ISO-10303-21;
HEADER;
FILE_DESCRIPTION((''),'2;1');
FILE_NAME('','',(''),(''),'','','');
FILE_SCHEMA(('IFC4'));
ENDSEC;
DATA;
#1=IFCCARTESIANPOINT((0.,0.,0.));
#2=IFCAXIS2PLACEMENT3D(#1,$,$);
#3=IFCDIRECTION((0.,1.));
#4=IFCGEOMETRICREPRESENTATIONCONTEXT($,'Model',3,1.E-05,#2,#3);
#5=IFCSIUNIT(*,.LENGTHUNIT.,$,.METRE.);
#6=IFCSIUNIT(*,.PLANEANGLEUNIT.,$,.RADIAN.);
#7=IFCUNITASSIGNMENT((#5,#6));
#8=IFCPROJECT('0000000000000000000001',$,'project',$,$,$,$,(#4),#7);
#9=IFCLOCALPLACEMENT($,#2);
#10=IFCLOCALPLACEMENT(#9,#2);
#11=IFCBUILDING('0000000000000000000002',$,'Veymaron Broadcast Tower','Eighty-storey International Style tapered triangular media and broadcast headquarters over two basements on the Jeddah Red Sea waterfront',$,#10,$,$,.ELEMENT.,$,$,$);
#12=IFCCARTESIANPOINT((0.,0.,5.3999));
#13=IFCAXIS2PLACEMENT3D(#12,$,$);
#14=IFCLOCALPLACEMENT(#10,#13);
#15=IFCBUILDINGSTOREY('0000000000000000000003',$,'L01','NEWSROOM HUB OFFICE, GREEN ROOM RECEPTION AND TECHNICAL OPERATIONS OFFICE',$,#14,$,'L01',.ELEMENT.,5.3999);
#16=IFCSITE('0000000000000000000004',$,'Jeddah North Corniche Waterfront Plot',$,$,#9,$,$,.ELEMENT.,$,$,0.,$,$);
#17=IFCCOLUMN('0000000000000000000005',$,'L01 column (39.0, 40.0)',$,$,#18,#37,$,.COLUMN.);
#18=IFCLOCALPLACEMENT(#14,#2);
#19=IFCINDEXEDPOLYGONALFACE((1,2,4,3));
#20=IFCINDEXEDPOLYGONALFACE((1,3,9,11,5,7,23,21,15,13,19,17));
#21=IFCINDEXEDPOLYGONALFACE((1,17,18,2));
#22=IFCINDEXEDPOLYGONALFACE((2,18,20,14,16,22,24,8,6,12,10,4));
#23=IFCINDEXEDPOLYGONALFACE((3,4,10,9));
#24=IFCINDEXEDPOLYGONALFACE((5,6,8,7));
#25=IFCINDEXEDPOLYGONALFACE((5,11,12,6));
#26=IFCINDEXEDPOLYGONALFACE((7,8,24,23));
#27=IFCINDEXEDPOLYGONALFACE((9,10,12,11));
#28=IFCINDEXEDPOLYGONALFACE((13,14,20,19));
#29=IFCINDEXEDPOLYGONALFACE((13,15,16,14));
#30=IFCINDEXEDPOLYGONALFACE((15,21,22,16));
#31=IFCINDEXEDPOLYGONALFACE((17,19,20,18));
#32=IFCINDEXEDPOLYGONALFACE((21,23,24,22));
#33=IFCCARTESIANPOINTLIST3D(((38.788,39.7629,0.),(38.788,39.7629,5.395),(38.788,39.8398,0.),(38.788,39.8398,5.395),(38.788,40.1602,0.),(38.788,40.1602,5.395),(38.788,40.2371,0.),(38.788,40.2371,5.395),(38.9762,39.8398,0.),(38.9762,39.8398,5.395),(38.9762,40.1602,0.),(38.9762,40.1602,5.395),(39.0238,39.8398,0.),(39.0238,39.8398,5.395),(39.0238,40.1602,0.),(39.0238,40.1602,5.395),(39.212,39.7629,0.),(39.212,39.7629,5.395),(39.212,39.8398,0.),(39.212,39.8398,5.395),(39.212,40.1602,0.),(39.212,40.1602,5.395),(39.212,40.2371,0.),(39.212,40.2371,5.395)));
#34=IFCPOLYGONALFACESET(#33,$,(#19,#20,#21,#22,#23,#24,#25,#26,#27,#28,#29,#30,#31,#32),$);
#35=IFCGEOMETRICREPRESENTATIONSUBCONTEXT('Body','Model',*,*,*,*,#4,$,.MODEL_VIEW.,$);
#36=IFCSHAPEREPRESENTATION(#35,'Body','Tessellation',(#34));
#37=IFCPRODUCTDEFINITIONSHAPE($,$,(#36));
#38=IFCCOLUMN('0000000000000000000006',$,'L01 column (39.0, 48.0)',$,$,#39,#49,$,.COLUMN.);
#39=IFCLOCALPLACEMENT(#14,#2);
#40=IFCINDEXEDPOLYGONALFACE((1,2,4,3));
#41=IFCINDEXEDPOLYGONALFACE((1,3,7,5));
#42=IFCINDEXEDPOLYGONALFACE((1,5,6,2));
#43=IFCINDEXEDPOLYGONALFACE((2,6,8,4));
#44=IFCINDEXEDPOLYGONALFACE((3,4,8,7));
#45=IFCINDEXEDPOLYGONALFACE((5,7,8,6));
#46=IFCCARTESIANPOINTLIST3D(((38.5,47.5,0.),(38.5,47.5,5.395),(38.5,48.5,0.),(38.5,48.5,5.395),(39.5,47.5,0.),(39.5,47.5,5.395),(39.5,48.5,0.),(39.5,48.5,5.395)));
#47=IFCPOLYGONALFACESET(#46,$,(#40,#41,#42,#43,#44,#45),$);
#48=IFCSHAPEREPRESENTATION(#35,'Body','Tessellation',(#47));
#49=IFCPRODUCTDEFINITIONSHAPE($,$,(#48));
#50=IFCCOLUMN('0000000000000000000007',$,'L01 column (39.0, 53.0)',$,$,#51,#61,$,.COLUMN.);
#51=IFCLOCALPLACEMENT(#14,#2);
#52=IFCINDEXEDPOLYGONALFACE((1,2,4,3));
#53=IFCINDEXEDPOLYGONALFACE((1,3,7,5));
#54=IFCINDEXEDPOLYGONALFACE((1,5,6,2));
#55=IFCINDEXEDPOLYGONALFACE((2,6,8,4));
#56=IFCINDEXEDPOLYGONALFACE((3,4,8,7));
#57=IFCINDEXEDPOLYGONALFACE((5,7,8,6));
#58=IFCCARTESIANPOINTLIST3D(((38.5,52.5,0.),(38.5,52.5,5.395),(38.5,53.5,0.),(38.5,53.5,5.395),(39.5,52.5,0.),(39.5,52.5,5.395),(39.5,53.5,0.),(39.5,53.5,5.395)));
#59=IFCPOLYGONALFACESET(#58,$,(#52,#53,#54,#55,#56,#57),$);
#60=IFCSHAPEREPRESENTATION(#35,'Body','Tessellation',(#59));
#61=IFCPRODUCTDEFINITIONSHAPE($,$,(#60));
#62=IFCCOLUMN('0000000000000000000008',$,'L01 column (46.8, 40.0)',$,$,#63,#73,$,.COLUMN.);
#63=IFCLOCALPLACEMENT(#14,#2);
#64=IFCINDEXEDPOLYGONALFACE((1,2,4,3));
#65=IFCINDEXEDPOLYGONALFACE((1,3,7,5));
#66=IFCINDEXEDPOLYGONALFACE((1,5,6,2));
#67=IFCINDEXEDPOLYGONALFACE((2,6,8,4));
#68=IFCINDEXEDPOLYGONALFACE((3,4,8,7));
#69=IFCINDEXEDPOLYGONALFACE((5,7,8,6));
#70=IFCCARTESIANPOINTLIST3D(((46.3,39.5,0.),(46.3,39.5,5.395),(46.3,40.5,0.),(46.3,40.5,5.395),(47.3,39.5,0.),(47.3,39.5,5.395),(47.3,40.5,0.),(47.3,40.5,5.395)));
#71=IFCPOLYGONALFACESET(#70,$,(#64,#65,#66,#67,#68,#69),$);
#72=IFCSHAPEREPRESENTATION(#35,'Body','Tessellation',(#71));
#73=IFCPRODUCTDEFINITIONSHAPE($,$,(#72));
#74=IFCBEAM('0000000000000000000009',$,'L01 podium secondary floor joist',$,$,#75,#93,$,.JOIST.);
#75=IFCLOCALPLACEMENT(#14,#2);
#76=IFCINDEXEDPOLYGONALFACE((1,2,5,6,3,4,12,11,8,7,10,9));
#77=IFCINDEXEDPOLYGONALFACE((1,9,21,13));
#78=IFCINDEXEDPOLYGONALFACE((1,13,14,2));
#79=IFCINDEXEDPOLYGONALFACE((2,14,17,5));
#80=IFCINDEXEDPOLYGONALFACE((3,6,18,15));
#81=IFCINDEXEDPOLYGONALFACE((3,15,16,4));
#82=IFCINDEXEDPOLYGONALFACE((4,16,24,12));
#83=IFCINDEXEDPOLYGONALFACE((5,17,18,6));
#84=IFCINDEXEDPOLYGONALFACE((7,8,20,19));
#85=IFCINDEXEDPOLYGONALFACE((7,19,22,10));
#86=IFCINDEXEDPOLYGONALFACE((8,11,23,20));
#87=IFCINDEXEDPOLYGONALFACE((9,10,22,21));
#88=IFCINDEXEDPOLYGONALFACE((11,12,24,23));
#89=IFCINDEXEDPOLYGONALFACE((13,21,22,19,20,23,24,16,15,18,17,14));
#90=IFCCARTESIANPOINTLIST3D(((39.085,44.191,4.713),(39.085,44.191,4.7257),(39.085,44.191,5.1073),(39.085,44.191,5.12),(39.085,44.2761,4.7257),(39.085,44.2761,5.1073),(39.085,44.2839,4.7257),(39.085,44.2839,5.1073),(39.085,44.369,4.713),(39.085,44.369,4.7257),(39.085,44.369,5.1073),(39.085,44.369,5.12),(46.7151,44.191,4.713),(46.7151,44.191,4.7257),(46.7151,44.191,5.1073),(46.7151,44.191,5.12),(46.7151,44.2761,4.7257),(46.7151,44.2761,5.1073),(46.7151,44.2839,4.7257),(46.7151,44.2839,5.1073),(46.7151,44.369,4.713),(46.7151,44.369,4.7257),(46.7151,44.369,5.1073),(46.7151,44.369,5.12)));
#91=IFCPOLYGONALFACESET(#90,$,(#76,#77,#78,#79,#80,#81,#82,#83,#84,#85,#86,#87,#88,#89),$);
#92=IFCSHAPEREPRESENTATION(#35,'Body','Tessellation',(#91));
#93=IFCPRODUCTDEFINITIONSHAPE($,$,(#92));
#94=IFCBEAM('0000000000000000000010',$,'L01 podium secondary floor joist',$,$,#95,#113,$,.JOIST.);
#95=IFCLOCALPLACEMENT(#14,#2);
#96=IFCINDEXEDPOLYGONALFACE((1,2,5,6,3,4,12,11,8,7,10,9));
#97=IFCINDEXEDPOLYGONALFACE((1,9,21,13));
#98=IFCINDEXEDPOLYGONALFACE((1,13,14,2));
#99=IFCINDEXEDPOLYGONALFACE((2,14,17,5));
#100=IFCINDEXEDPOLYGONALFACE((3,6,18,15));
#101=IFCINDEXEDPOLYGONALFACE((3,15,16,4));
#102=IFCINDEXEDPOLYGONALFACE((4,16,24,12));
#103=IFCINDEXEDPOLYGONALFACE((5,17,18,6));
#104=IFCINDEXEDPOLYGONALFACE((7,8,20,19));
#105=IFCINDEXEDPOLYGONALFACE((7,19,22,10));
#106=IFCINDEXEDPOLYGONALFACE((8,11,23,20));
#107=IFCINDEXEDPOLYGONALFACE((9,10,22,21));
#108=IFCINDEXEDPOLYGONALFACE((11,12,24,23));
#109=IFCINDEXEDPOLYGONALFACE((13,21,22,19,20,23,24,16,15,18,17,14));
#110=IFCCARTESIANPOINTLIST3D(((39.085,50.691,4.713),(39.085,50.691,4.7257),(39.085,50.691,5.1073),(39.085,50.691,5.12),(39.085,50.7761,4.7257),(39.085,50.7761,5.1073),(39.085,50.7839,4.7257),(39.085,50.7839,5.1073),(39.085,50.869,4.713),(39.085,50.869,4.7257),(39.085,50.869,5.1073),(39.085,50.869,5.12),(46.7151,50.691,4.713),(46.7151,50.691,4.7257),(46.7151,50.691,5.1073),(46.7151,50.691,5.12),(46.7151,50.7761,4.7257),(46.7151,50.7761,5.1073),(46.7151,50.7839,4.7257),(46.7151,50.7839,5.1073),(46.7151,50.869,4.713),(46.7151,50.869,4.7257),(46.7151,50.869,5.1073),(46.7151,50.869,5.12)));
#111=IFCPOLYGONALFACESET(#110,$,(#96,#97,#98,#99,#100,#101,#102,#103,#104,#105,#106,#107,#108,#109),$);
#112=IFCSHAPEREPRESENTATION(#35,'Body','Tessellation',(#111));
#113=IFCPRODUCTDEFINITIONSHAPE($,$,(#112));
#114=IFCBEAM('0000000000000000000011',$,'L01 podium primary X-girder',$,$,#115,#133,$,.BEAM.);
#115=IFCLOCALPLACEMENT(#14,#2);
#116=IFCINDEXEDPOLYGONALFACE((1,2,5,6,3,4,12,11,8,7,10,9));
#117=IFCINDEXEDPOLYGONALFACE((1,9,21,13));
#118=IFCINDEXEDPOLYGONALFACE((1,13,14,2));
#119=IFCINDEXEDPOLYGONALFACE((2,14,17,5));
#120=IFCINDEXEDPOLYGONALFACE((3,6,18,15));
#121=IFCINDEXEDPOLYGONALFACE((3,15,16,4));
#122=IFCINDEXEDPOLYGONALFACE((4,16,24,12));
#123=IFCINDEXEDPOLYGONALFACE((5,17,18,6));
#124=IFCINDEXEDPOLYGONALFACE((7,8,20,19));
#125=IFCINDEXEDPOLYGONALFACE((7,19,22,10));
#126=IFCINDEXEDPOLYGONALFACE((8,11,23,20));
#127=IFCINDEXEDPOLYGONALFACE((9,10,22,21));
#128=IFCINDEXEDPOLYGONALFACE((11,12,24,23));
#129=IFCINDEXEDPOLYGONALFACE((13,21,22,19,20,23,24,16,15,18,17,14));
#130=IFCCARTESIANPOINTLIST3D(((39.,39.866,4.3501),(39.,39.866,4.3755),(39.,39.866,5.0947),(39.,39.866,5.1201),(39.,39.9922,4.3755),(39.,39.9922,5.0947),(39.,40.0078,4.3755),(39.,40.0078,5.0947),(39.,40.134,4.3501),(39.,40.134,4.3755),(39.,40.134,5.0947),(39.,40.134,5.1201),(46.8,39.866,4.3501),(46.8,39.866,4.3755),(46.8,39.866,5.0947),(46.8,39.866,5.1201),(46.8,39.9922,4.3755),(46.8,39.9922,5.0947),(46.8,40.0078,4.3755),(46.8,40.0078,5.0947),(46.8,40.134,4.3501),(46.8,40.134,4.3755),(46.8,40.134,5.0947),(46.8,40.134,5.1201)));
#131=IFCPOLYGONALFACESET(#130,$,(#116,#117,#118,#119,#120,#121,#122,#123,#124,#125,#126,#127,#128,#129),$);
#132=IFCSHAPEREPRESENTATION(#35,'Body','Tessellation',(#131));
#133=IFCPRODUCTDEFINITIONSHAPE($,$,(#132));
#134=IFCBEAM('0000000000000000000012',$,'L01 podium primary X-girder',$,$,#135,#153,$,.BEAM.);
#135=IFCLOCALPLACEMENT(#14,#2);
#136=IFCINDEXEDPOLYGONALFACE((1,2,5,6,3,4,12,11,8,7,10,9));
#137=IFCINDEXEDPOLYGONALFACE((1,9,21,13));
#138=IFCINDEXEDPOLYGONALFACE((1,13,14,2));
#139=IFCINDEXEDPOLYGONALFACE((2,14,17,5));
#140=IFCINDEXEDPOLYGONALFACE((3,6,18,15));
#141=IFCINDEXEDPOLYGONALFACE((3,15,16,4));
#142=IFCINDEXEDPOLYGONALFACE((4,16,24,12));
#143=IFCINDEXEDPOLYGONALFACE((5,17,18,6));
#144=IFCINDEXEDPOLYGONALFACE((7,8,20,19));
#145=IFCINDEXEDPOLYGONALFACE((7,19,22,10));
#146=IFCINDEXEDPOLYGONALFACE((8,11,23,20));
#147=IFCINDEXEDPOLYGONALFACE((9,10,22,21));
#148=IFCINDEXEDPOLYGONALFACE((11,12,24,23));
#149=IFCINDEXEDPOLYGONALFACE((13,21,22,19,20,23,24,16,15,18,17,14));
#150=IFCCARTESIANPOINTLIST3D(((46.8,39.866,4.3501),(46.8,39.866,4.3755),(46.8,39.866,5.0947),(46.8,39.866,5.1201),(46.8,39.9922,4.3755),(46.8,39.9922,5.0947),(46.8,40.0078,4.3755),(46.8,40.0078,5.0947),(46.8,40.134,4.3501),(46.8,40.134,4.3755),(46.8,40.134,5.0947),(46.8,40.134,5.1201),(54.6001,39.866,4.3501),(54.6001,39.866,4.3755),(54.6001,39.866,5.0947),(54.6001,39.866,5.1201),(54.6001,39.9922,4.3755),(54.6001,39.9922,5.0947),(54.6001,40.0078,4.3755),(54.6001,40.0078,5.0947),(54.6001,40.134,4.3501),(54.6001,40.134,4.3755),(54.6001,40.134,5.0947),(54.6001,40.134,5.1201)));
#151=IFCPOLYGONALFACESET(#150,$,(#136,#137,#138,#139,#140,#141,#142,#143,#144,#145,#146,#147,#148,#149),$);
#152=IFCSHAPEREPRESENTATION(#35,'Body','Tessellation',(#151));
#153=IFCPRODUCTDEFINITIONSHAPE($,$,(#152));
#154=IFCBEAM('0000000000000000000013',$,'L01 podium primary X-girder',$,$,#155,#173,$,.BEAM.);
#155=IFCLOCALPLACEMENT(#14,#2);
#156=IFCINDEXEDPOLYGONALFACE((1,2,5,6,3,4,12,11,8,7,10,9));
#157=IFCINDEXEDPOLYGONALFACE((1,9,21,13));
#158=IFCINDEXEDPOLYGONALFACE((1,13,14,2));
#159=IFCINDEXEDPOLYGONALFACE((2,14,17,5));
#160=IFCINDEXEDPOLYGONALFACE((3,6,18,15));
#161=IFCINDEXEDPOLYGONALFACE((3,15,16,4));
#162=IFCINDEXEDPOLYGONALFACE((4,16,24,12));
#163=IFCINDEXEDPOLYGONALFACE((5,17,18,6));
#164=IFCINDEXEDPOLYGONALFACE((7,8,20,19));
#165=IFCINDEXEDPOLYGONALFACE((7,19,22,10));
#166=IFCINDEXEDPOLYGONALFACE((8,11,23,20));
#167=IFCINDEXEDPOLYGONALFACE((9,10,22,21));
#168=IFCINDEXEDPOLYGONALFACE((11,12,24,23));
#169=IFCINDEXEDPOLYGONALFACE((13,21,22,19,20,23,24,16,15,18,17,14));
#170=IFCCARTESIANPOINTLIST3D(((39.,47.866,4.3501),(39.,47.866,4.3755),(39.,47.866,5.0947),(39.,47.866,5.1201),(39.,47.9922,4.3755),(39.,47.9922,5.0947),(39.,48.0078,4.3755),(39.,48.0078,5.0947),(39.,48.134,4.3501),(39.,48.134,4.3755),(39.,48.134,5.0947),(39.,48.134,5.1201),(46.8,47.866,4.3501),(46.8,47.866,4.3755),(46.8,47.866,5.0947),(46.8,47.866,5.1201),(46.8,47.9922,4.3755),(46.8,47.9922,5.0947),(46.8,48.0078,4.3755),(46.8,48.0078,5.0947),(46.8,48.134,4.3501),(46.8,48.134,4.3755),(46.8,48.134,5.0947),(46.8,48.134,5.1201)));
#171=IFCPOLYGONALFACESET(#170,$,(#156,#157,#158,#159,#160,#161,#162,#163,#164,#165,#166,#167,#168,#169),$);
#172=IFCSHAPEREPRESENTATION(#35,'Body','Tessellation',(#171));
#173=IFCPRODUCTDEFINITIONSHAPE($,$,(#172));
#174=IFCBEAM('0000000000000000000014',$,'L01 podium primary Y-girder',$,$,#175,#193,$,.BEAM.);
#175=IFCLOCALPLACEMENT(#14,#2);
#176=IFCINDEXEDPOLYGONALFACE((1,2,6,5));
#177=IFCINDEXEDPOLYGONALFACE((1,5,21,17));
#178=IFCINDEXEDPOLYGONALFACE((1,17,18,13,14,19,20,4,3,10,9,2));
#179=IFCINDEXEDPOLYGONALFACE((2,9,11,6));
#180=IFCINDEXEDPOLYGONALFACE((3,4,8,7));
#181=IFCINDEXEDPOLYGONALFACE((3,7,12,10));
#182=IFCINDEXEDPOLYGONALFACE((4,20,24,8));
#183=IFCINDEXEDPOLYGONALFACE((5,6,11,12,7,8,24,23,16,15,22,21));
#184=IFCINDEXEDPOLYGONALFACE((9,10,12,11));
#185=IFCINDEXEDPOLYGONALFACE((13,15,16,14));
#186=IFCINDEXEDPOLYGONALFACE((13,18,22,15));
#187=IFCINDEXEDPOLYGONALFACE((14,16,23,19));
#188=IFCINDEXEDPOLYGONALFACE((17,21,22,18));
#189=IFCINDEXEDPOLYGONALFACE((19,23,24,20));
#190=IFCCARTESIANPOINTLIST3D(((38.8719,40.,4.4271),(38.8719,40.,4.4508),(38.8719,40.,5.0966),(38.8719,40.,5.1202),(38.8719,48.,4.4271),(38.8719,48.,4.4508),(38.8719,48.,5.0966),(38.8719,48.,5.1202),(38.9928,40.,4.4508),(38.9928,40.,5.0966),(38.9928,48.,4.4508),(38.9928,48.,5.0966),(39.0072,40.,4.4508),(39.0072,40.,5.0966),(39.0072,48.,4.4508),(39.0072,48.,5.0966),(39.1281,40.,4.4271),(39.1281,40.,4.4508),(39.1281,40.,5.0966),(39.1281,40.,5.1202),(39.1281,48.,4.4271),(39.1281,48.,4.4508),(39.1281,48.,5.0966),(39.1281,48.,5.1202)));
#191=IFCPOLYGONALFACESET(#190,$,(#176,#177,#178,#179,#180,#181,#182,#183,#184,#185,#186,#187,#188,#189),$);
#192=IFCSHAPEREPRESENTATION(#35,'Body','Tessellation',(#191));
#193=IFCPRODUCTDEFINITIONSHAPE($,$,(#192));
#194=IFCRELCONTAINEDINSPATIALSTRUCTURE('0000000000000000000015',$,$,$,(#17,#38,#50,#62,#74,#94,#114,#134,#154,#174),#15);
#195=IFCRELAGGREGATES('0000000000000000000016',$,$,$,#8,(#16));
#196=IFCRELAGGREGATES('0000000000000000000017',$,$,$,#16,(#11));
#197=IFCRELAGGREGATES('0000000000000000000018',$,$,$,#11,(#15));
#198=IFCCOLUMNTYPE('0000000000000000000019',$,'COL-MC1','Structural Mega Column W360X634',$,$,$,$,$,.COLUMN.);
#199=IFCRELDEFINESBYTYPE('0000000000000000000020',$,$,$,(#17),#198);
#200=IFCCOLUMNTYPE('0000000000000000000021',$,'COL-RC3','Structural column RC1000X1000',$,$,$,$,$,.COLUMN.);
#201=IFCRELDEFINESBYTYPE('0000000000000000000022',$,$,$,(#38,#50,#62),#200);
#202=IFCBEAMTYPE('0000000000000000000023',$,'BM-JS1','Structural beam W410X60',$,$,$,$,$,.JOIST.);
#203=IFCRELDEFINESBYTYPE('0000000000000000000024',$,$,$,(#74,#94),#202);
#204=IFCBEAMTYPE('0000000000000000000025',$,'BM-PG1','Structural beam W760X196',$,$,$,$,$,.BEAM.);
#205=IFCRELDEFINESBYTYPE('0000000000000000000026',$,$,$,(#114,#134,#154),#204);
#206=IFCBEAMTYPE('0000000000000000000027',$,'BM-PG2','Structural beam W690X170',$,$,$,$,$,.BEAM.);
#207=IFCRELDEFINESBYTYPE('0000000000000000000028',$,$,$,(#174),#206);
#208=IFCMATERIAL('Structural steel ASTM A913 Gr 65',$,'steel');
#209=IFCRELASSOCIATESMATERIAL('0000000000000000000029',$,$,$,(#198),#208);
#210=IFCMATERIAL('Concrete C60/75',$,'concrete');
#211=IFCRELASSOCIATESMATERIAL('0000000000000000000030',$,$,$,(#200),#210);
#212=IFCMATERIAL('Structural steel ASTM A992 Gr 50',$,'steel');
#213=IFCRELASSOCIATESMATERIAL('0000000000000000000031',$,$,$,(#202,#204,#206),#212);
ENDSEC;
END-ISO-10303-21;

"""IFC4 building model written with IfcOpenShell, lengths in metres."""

from ifc_helpers import new_model, si_unit, direction, frame, origin, origin_2d, place, context, subcontext, project, spatial, rectangle, i_section, extrude, material, material_profile, profile_set, type_object, element, save


model = new_model("IFC4")

# Units and contexts
model_context = context("Model", 3, precision=1e-05, world=origin(), true_north=direction((0.0, 1.0)))
body_context = subcontext(model_context, "Body", "Model", "MODEL_VIEW")
ifc_project = project(units=[si_unit("LENGTHUNIT", "METRE"), si_unit("PLANEANGLEUNIT", "RADIAN")], contexts=[model_context])

# Site, building, storey
site_placement = place(None, origin())
site = spatial("IfcSite", under=ifc_project, at=site_placement, Name="Jeddah North Corniche Waterfront Plot", CompositionType="ELEMENT", RefElevation=0.0)
building_placement = place(site_placement, origin())
building = spatial("IfcBuilding", under=site, at=building_placement, Name="Veymaron Broadcast Tower", Description="Eighty-storey International Style tapered triangular media and broadcast headquarters over two basements on the Jeddah Red Sea waterfront", CompositionType="ELEMENT")
storey_placement = place(building_placement, frame((0.0, 0.0, 5.3999)))
storey = spatial("IfcBuildingStorey", under=building, at=storey_placement, Name="L01", Description="NEWSROOM HUB OFFICE, GREEN ROOM RECEPTION AND TECHNICAL OPERATIONS OFFICE", LongName="L01", CompositionType="ELEMENT", Elevation=5.3999)

# Columns
ifc_material_1 = material(Name="Structural steel ASTM A913 Gr 65", Category="steel")
ifc_material_profile_1 = material_profile(ifc_material_1, i_section(OverallWidth=0.4241, OverallDepth=0.4741, WebThickness=0.0476, FlangeThickness=0.0769, at=origin_2d()), Name="W360X634")
ifc_profile_set_1 = profile_set([ifc_material_profile_1], Name="Structural steel ASTM A913 Gr 65")
column_type_1 = type_object("IfcColumnType", Name="COL-MC1", Description="Structural Mega Column W360X634", PredefinedType="COLUMN", material=ifc_profile_set_1)
column_placement = place(storey_placement, frame((39.0, 40.0, 0.0), z_axis=(0.0, 0.0, 1.0), x_axis=(1.0, 0.0, 0.0)))
element("IfcColumn", 1, at=column_placement, inside=storey, type_object=column_type_1, Name="L01 column (39.0, 40.0)", PredefinedType="COLUMN", context=body_context, shape_type="SweptSolid", body=[
    extrude(i_section(OverallWidth=0.4241, OverallDepth=0.4741, WebThickness=0.0476, FlangeThickness=0.0769, at=origin_2d()), origin(), (0.0, 0.0, 1.0), 5.395),
])
ifc_material_2 = material(Name="Concrete C60/75", Category="concrete")
ifc_material_profile_2 = material_profile(ifc_material_2, rectangle(XDim=1.0, YDim=1.0, at=origin_2d()), Name="RC1000X1000")
ifc_profile_set_2 = profile_set([ifc_material_profile_2], Name="Concrete C60/75")
column_type_2 = type_object("IfcColumnType", Name="COL-RC3", Description="Structural column RC1000X1000", PredefinedType="COLUMN", material=ifc_profile_set_2)
for number, where, z_axis, x_axis, name in (
    (2, (39.0, 48.0, 0.0), (0.0, 0.0, 1.0), (1.0, 0.0, 0.0), "L01 column (39.0, 48.0)"),
    (3, (39.0, 53.0, 0.0), (0.0, 0.0, 1.0), (1.0, 0.0, 0.0), "L01 column (39.0, 53.0)"),
    (4, (46.8, 40.0, 0.0), (0.0, 0.0, 1.0), (1.0, 0.0, 0.0), "L01 column (46.8, 40.0)"),
):
    element("IfcColumn", number, at=place(storey_placement, frame(where, z_axis=z_axis, x_axis=x_axis)), inside=storey, type_object=column_type_2, Name=name, PredefinedType="COLUMN", context=body_context, shape_type="SweptSolid", body=[
        extrude(rectangle(XDim=1.0, YDim=1.0, at=origin_2d()), origin(), (0.0, 0.0, 1.0), 5.395),
    ])

# Beams
ifc_material_3 = material(Name="Structural steel ASTM A992 Gr 50", Category="steel")
ifc_material_profile_3 = material_profile(ifc_material_3, i_section(OverallWidth=0.178, OverallDepth=0.407, WebThickness=0.0078, FlangeThickness=0.0127, at=origin_2d()), Name="W410X60")
ifc_profile_set_3 = profile_set([ifc_material_profile_3], Name="Structural steel ASTM A992 Gr 50")
beam_type_1 = type_object("IfcBeamType", Name="BM-JS1", Description="Structural beam W410X60", PredefinedType="JOIST", material=ifc_profile_set_3)
for number, where, z_axis, x_axis, name in (
    (5, (39.085, 44.28, 4.9165), (1.0, 0.0, 0.0), (0.0, 1.0, 0.0), "L01 podium secondary floor joist"),
    (6, (39.085, 50.78, 4.9165), (1.0, 0.0, 0.0), (0.0, 1.0, 0.0), "L01 podium secondary floor joist"),
):
    element("IfcBeam", number, at=place(storey_placement, frame(where, z_axis=z_axis, x_axis=x_axis)), inside=storey, type_object=beam_type_1, Name=name, PredefinedType="JOIST", context=body_context, shape_type="SweptSolid", body=[
        extrude(i_section(OverallWidth=0.178, OverallDepth=0.407, WebThickness=0.0078, FlangeThickness=0.0127, at=origin_2d()), origin(), (0.0, 0.0, 1.0), 7.6301),
    ])
ifc_material_profile_4 = material_profile(ifc_material_3, i_section(OverallWidth=0.2681, OverallDepth=0.77, WebThickness=0.0156, FlangeThickness=0.0254, at=origin_2d()), Name="W760X196")
ifc_profile_set_4 = profile_set([ifc_material_profile_4], Name="Structural steel ASTM A992 Gr 50")
beam_type_2 = type_object("IfcBeamType", Name="BM-PG1", Description="Structural beam W760X196", PredefinedType="BEAM", material=ifc_profile_set_4)
for number, where, z_axis, x_axis, name in (
    (7, (39.0, 40.0, 4.7351), (1.0, 0.0, 0.0), (0.0, 1.0, 0.0), "L01 podium primary X-girder"),
    (8, (46.8, 40.0, 4.7351), (1.0, 0.0, 0.0), (0.0, 1.0, 0.0), "L01 podium primary X-girder"),
    (9, (39.0, 48.0, 4.7351), (1.0, 0.0, 0.0), (0.0, 1.0, 0.0), "L01 podium primary X-girder"),
):
    element("IfcBeam", number, at=place(storey_placement, frame(where, z_axis=z_axis, x_axis=x_axis)), inside=storey, type_object=beam_type_2, Name=name, PredefinedType="BEAM", context=body_context, shape_type="SweptSolid", body=[
        extrude(i_section(OverallWidth=0.2681, OverallDepth=0.77, WebThickness=0.0156, FlangeThickness=0.0254, at=origin_2d()), origin(), (0.0, 0.0, 1.0), 7.8),
    ])
ifc_material_profile_5 = material_profile(ifc_material_3, i_section(OverallWidth=0.2561, OverallDepth=0.6931, WebThickness=0.0144, FlangeThickness=0.0237, at=origin_2d()), Name="W690X170")
ifc_profile_set_5 = profile_set([ifc_material_profile_5], Name="Structural steel ASTM A992 Gr 50")
beam_type_3 = type_object("IfcBeamType", Name="BM-PG2", Description="Structural beam W690X170", PredefinedType="BEAM", material=ifc_profile_set_5)
beam_1_placement = place(storey_placement, frame((39.0, 40.0, 4.7737), z_axis=(0.0, 1.0, 0.0), x_axis=(-1.0, 0.0, 0.0)))
element("IfcBeam", 10, at=beam_1_placement, inside=storey, type_object=beam_type_3, Name="L01 podium primary Y-girder", PredefinedType="BEAM", context=body_context, shape_type="SweptSolid", body=[
    extrude(i_section(OverallWidth=0.2561, OverallDepth=0.6931, WebThickness=0.0144, FlangeThickness=0.0237, at=origin_2d()), origin(), (0.0, 0.0, 1.0), 8.0),
])

save(model, "model.ifc")
